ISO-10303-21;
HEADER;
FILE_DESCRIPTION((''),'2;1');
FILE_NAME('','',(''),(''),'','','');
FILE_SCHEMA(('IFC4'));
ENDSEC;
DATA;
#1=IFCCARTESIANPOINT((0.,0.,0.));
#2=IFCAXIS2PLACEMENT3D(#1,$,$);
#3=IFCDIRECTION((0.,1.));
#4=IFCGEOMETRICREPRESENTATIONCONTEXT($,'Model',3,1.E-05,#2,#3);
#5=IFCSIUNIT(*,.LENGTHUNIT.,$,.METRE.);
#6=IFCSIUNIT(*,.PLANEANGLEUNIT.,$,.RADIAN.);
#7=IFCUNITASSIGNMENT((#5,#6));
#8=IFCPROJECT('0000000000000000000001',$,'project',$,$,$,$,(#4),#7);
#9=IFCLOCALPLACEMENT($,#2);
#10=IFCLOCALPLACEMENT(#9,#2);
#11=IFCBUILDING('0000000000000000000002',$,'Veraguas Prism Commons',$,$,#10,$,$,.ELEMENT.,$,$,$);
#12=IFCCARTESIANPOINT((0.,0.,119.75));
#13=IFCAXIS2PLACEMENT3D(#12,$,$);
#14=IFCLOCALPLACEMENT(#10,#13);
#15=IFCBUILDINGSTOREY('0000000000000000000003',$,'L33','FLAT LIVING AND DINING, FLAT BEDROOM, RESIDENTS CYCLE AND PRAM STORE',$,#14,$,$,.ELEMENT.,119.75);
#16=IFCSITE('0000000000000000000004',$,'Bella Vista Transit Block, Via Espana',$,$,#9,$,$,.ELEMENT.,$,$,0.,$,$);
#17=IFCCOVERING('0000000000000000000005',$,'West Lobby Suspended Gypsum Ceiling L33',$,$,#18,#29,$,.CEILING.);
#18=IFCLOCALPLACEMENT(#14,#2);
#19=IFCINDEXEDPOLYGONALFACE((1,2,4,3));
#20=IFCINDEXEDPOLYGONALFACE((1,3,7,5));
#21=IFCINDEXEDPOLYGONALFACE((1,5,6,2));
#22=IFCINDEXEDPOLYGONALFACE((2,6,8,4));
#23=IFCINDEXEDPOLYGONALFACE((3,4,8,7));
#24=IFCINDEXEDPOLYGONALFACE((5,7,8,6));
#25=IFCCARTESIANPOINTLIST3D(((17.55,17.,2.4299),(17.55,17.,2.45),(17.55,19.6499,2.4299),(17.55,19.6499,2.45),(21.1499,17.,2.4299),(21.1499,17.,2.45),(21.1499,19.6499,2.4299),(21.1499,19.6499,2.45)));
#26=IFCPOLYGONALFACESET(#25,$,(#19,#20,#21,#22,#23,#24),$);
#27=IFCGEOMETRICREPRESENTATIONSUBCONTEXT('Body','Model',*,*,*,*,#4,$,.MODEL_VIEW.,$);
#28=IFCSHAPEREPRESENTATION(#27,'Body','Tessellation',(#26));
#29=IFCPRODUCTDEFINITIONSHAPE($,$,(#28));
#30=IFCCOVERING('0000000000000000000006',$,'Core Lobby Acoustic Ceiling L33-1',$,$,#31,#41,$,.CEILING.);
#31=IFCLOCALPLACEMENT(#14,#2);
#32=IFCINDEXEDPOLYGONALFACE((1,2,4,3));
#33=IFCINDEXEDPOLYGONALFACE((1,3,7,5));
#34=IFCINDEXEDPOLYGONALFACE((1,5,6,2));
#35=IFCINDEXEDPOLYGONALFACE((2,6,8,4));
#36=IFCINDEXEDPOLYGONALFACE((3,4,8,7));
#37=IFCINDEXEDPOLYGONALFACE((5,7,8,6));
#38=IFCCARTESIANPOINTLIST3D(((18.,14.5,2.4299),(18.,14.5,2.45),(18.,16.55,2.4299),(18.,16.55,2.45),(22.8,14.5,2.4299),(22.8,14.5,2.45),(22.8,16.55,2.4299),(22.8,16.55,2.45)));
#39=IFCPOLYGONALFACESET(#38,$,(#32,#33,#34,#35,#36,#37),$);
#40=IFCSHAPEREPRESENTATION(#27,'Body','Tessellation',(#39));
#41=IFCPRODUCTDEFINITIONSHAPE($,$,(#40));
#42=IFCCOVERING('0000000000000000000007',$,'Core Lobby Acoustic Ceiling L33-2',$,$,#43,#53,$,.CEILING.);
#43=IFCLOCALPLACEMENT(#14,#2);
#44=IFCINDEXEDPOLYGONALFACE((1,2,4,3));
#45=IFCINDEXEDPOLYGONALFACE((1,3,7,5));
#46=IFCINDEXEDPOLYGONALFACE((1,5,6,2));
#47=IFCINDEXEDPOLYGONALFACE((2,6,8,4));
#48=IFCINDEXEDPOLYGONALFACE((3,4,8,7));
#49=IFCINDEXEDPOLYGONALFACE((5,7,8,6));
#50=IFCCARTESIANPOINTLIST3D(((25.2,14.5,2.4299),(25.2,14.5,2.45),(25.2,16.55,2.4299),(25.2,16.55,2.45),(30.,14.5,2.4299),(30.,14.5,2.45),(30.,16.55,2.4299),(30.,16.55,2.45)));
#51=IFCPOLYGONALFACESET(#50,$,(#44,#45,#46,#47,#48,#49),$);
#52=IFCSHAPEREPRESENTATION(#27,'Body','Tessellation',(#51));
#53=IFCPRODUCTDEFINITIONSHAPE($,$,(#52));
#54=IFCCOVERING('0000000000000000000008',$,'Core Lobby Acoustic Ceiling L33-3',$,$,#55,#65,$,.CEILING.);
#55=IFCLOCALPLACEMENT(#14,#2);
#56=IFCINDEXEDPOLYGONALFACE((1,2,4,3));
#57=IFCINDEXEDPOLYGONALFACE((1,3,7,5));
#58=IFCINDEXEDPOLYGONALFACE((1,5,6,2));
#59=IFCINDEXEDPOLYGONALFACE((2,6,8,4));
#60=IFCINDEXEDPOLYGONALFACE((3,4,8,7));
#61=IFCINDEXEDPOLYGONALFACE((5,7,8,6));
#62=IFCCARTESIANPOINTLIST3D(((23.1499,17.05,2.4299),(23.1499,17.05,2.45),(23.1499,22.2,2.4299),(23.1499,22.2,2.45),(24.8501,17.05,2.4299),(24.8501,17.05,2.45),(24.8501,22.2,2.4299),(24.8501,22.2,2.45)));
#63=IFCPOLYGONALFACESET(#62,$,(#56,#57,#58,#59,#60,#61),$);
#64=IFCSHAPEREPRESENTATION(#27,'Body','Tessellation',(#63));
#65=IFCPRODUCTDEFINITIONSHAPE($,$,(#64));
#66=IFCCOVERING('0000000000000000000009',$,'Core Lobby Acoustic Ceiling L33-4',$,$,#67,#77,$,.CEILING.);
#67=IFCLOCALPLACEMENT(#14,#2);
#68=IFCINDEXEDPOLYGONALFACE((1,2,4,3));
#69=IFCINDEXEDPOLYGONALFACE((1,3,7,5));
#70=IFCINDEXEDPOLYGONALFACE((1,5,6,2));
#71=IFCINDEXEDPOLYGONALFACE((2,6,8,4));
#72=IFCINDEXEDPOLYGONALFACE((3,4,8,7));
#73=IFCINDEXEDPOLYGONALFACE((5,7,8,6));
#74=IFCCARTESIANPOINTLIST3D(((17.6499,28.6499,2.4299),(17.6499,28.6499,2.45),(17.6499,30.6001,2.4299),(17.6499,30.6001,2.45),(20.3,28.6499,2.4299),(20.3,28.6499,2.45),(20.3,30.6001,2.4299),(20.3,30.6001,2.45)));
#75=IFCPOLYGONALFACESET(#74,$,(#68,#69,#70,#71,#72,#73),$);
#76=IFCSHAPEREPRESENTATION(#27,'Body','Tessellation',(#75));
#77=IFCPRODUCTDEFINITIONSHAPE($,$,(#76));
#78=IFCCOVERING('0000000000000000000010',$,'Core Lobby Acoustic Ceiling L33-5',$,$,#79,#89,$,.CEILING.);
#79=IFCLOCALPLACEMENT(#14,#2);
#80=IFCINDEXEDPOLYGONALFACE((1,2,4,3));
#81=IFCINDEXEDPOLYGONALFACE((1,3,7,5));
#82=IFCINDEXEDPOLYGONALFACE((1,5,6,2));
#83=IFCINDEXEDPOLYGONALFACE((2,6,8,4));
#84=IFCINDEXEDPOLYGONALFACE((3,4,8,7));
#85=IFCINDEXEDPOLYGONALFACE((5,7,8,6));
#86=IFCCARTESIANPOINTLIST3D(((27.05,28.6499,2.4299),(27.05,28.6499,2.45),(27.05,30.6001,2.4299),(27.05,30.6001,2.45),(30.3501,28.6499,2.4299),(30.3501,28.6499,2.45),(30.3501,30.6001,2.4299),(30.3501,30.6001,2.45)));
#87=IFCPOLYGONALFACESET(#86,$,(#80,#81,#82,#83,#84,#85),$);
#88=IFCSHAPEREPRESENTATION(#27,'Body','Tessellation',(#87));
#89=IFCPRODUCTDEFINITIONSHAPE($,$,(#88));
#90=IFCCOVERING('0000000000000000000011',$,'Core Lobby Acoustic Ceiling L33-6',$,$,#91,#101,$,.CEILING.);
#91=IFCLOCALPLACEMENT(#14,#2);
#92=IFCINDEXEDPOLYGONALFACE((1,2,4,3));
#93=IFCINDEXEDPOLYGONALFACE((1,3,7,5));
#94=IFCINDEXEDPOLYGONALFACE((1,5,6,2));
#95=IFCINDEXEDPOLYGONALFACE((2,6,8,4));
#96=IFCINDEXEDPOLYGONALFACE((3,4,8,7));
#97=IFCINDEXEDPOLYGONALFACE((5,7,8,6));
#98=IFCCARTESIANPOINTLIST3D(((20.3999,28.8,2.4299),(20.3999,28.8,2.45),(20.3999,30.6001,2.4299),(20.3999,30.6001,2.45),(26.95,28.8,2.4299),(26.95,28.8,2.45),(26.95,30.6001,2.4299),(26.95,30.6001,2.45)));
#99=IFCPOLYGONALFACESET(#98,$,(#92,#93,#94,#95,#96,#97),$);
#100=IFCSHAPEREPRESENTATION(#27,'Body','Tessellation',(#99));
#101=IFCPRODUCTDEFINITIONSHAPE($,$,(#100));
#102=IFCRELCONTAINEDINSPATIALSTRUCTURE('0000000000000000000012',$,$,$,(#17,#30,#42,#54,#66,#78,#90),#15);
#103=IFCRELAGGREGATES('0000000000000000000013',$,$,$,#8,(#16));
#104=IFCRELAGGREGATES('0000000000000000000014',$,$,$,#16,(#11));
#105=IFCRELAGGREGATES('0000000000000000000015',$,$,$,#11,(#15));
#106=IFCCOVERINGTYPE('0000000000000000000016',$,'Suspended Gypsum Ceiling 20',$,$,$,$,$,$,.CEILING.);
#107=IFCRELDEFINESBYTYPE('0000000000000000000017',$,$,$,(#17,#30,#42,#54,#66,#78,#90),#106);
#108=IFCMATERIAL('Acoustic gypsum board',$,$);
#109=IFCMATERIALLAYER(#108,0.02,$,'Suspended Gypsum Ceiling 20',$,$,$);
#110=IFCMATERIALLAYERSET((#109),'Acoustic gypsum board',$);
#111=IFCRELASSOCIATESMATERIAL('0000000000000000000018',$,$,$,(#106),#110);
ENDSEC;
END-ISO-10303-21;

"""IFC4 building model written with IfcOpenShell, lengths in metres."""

from ifc_helpers import new_model, si_unit, direction, frame, origin, place, context, subcontext, project, spatial, polyline, outline, extrude, material, layer, layer_set, type_object, element, save


model = new_model("IFC4")

# Units and contexts
model_context = context("Model", 3, precision=1e-05, world=origin(), true_north=direction((0.0, 1.0)))
body_context = subcontext(model_context, "Body", "Model", "MODEL_VIEW")
ifc_project = project(units=[si_unit("LENGTHUNIT", "METRE"), si_unit("PLANEANGLEUNIT", "RADIAN")], contexts=[model_context])

# Site, building, storey
site_placement = place(None, origin())
site = spatial("IfcSite", under=ifc_project, at=site_placement, Name="Bella Vista Transit Block, Via Espana", CompositionType="ELEMENT", RefElevation=0.0)
building_placement = place(site_placement, origin())
building = spatial("IfcBuilding", under=site, at=building_placement, Name="Veraguas Prism Commons", CompositionType="ELEMENT")
storey_placement = place(building_placement, frame((0.0, 0.0, 119.75)))
storey = spatial("IfcBuildingStorey", under=building, at=storey_placement, Name="L33", Description="FLAT LIVING AND DINING, FLAT BEDROOM, RESIDENTS CYCLE AND PRAM STORE", CompositionType="ELEMENT", Elevation=119.75)

# Coverings
ifc_material_1 = material(Name="Acoustic gypsum board")
ifc_layer_1 = layer(ifc_material_1, 0.02, Name="Suspended Gypsum Ceiling 20")
ifc_layer_set_1 = layer_set([ifc_layer_1], Name="Acoustic gypsum board")
covering_type_1 = type_object("IfcCoveringType", Name="Suspended Gypsum Ceiling 20", PredefinedType="CEILING", material=ifc_layer_set_1)
covering_1_placement = place(storey_placement, frame((0.0, 0.0, 2.4299)))
element("IfcCovering", 1, at=covering_1_placement, inside=storey, type_object=covering_type_1, Name="West Lobby Suspended Gypsum Ceiling L33", PredefinedType="CEILING", context=body_context, shape_type="SweptSolid", body=[
    extrude(outline(polyline([(17.55, 17.0), (21.1499, 17.0), (21.1499, 19.6499), (17.55, 19.6499), (17.55, 17.0)])), origin(), (0.0, 0.0, 1.0), 0.02),
])
covering_2_placement = place(storey_placement, frame((0.0, 0.0, 2.4299)))
element("IfcCovering", 2, at=covering_2_placement, inside=storey, type_object=covering_type_1, Name="Core Lobby Acoustic Ceiling L33-1", PredefinedType="CEILING", context=body_context, shape_type="SweptSolid", body=[
    extrude(outline(polyline([(18.0, 14.5), (22.8, 14.5), (22.8, 16.55), (18.0, 16.55), (18.0, 14.5)])), origin(), (0.0, 0.0, 1.0), 0.02),
])
covering_3_placement = place(storey_placement, frame((0.0, 0.0, 2.4299)))
element("IfcCovering", 3, at=covering_3_placement, inside=storey, type_object=covering_type_1, Name="Core Lobby Acoustic Ceiling L33-2", PredefinedType="CEILING", context=body_context, shape_type="SweptSolid", body=[
    extrude(outline(polyline([(25.2, 14.5), (30.0, 14.5), (30.0, 16.55), (25.2, 16.55), (25.2, 14.5)])), origin(), (0.0, 0.0, 1.0), 0.02),
])
covering_4_placement = place(storey_placement, frame((0.0, 0.0, 2.4299)))
element("IfcCovering", 4, at=covering_4_placement, inside=storey, type_object=covering_type_1, Name="Core Lobby Acoustic Ceiling L33-3", PredefinedType="CEILING", context=body_context, shape_type="SweptSolid", body=[
    extrude(outline(polyline([(23.1499, 17.05), (24.8501, 17.05), (24.8501, 22.2), (23.1499, 22.2), (23.1499, 17.05)])), origin(), (0.0, 0.0, 1.0), 0.02),
])
covering_5_placement = place(storey_placement, frame((0.0, 0.0, 2.4299)))
element("IfcCovering", 5, at=covering_5_placement, inside=storey, type_object=covering_type_1, Name="Core Lobby Acoustic Ceiling L33-4", PredefinedType="CEILING", context=body_context, shape_type="SweptSolid", body=[
    extrude(outline(polyline([(17.6499, 28.6499), (20.3, 28.6499), (20.3, 30.6001), (17.6499, 30.6001), (17.6499, 28.6499)])), origin(), (0.0, 0.0, 1.0), 0.02),
])
covering_6_placement = place(storey_placement, frame((0.0, 0.0, 2.4299)))
element("IfcCovering", 6, at=covering_6_placement, inside=storey, type_object=covering_type_1, Name="Core Lobby Acoustic Ceiling L33-5", PredefinedType="CEILING", context=body_context, shape_type="SweptSolid", body=[
    extrude(outline(polyline([(27.05, 28.6499), (30.3501, 28.6499), (30.3501, 30.6001), (27.05, 30.6001), (27.05, 28.6499)])), origin(), (0.0, 0.0, 1.0), 0.02),
])
covering_7_placement = place(storey_placement, frame((0.0, 0.0, 2.4299)))
element("IfcCovering", 7, at=covering_7_placement, inside=storey, type_object=covering_type_1, Name="Core Lobby Acoustic Ceiling L33-6", PredefinedType="CEILING", context=body_context, shape_type="SweptSolid", body=[
    extrude(outline(polyline([(20.3999, 28.8), (26.95, 28.8), (26.95, 30.6001), (20.3999, 30.6001), (20.3999, 28.8)])), origin(), (0.0, 0.0, 1.0), 0.02),
])

save(model, "model.ifc")
